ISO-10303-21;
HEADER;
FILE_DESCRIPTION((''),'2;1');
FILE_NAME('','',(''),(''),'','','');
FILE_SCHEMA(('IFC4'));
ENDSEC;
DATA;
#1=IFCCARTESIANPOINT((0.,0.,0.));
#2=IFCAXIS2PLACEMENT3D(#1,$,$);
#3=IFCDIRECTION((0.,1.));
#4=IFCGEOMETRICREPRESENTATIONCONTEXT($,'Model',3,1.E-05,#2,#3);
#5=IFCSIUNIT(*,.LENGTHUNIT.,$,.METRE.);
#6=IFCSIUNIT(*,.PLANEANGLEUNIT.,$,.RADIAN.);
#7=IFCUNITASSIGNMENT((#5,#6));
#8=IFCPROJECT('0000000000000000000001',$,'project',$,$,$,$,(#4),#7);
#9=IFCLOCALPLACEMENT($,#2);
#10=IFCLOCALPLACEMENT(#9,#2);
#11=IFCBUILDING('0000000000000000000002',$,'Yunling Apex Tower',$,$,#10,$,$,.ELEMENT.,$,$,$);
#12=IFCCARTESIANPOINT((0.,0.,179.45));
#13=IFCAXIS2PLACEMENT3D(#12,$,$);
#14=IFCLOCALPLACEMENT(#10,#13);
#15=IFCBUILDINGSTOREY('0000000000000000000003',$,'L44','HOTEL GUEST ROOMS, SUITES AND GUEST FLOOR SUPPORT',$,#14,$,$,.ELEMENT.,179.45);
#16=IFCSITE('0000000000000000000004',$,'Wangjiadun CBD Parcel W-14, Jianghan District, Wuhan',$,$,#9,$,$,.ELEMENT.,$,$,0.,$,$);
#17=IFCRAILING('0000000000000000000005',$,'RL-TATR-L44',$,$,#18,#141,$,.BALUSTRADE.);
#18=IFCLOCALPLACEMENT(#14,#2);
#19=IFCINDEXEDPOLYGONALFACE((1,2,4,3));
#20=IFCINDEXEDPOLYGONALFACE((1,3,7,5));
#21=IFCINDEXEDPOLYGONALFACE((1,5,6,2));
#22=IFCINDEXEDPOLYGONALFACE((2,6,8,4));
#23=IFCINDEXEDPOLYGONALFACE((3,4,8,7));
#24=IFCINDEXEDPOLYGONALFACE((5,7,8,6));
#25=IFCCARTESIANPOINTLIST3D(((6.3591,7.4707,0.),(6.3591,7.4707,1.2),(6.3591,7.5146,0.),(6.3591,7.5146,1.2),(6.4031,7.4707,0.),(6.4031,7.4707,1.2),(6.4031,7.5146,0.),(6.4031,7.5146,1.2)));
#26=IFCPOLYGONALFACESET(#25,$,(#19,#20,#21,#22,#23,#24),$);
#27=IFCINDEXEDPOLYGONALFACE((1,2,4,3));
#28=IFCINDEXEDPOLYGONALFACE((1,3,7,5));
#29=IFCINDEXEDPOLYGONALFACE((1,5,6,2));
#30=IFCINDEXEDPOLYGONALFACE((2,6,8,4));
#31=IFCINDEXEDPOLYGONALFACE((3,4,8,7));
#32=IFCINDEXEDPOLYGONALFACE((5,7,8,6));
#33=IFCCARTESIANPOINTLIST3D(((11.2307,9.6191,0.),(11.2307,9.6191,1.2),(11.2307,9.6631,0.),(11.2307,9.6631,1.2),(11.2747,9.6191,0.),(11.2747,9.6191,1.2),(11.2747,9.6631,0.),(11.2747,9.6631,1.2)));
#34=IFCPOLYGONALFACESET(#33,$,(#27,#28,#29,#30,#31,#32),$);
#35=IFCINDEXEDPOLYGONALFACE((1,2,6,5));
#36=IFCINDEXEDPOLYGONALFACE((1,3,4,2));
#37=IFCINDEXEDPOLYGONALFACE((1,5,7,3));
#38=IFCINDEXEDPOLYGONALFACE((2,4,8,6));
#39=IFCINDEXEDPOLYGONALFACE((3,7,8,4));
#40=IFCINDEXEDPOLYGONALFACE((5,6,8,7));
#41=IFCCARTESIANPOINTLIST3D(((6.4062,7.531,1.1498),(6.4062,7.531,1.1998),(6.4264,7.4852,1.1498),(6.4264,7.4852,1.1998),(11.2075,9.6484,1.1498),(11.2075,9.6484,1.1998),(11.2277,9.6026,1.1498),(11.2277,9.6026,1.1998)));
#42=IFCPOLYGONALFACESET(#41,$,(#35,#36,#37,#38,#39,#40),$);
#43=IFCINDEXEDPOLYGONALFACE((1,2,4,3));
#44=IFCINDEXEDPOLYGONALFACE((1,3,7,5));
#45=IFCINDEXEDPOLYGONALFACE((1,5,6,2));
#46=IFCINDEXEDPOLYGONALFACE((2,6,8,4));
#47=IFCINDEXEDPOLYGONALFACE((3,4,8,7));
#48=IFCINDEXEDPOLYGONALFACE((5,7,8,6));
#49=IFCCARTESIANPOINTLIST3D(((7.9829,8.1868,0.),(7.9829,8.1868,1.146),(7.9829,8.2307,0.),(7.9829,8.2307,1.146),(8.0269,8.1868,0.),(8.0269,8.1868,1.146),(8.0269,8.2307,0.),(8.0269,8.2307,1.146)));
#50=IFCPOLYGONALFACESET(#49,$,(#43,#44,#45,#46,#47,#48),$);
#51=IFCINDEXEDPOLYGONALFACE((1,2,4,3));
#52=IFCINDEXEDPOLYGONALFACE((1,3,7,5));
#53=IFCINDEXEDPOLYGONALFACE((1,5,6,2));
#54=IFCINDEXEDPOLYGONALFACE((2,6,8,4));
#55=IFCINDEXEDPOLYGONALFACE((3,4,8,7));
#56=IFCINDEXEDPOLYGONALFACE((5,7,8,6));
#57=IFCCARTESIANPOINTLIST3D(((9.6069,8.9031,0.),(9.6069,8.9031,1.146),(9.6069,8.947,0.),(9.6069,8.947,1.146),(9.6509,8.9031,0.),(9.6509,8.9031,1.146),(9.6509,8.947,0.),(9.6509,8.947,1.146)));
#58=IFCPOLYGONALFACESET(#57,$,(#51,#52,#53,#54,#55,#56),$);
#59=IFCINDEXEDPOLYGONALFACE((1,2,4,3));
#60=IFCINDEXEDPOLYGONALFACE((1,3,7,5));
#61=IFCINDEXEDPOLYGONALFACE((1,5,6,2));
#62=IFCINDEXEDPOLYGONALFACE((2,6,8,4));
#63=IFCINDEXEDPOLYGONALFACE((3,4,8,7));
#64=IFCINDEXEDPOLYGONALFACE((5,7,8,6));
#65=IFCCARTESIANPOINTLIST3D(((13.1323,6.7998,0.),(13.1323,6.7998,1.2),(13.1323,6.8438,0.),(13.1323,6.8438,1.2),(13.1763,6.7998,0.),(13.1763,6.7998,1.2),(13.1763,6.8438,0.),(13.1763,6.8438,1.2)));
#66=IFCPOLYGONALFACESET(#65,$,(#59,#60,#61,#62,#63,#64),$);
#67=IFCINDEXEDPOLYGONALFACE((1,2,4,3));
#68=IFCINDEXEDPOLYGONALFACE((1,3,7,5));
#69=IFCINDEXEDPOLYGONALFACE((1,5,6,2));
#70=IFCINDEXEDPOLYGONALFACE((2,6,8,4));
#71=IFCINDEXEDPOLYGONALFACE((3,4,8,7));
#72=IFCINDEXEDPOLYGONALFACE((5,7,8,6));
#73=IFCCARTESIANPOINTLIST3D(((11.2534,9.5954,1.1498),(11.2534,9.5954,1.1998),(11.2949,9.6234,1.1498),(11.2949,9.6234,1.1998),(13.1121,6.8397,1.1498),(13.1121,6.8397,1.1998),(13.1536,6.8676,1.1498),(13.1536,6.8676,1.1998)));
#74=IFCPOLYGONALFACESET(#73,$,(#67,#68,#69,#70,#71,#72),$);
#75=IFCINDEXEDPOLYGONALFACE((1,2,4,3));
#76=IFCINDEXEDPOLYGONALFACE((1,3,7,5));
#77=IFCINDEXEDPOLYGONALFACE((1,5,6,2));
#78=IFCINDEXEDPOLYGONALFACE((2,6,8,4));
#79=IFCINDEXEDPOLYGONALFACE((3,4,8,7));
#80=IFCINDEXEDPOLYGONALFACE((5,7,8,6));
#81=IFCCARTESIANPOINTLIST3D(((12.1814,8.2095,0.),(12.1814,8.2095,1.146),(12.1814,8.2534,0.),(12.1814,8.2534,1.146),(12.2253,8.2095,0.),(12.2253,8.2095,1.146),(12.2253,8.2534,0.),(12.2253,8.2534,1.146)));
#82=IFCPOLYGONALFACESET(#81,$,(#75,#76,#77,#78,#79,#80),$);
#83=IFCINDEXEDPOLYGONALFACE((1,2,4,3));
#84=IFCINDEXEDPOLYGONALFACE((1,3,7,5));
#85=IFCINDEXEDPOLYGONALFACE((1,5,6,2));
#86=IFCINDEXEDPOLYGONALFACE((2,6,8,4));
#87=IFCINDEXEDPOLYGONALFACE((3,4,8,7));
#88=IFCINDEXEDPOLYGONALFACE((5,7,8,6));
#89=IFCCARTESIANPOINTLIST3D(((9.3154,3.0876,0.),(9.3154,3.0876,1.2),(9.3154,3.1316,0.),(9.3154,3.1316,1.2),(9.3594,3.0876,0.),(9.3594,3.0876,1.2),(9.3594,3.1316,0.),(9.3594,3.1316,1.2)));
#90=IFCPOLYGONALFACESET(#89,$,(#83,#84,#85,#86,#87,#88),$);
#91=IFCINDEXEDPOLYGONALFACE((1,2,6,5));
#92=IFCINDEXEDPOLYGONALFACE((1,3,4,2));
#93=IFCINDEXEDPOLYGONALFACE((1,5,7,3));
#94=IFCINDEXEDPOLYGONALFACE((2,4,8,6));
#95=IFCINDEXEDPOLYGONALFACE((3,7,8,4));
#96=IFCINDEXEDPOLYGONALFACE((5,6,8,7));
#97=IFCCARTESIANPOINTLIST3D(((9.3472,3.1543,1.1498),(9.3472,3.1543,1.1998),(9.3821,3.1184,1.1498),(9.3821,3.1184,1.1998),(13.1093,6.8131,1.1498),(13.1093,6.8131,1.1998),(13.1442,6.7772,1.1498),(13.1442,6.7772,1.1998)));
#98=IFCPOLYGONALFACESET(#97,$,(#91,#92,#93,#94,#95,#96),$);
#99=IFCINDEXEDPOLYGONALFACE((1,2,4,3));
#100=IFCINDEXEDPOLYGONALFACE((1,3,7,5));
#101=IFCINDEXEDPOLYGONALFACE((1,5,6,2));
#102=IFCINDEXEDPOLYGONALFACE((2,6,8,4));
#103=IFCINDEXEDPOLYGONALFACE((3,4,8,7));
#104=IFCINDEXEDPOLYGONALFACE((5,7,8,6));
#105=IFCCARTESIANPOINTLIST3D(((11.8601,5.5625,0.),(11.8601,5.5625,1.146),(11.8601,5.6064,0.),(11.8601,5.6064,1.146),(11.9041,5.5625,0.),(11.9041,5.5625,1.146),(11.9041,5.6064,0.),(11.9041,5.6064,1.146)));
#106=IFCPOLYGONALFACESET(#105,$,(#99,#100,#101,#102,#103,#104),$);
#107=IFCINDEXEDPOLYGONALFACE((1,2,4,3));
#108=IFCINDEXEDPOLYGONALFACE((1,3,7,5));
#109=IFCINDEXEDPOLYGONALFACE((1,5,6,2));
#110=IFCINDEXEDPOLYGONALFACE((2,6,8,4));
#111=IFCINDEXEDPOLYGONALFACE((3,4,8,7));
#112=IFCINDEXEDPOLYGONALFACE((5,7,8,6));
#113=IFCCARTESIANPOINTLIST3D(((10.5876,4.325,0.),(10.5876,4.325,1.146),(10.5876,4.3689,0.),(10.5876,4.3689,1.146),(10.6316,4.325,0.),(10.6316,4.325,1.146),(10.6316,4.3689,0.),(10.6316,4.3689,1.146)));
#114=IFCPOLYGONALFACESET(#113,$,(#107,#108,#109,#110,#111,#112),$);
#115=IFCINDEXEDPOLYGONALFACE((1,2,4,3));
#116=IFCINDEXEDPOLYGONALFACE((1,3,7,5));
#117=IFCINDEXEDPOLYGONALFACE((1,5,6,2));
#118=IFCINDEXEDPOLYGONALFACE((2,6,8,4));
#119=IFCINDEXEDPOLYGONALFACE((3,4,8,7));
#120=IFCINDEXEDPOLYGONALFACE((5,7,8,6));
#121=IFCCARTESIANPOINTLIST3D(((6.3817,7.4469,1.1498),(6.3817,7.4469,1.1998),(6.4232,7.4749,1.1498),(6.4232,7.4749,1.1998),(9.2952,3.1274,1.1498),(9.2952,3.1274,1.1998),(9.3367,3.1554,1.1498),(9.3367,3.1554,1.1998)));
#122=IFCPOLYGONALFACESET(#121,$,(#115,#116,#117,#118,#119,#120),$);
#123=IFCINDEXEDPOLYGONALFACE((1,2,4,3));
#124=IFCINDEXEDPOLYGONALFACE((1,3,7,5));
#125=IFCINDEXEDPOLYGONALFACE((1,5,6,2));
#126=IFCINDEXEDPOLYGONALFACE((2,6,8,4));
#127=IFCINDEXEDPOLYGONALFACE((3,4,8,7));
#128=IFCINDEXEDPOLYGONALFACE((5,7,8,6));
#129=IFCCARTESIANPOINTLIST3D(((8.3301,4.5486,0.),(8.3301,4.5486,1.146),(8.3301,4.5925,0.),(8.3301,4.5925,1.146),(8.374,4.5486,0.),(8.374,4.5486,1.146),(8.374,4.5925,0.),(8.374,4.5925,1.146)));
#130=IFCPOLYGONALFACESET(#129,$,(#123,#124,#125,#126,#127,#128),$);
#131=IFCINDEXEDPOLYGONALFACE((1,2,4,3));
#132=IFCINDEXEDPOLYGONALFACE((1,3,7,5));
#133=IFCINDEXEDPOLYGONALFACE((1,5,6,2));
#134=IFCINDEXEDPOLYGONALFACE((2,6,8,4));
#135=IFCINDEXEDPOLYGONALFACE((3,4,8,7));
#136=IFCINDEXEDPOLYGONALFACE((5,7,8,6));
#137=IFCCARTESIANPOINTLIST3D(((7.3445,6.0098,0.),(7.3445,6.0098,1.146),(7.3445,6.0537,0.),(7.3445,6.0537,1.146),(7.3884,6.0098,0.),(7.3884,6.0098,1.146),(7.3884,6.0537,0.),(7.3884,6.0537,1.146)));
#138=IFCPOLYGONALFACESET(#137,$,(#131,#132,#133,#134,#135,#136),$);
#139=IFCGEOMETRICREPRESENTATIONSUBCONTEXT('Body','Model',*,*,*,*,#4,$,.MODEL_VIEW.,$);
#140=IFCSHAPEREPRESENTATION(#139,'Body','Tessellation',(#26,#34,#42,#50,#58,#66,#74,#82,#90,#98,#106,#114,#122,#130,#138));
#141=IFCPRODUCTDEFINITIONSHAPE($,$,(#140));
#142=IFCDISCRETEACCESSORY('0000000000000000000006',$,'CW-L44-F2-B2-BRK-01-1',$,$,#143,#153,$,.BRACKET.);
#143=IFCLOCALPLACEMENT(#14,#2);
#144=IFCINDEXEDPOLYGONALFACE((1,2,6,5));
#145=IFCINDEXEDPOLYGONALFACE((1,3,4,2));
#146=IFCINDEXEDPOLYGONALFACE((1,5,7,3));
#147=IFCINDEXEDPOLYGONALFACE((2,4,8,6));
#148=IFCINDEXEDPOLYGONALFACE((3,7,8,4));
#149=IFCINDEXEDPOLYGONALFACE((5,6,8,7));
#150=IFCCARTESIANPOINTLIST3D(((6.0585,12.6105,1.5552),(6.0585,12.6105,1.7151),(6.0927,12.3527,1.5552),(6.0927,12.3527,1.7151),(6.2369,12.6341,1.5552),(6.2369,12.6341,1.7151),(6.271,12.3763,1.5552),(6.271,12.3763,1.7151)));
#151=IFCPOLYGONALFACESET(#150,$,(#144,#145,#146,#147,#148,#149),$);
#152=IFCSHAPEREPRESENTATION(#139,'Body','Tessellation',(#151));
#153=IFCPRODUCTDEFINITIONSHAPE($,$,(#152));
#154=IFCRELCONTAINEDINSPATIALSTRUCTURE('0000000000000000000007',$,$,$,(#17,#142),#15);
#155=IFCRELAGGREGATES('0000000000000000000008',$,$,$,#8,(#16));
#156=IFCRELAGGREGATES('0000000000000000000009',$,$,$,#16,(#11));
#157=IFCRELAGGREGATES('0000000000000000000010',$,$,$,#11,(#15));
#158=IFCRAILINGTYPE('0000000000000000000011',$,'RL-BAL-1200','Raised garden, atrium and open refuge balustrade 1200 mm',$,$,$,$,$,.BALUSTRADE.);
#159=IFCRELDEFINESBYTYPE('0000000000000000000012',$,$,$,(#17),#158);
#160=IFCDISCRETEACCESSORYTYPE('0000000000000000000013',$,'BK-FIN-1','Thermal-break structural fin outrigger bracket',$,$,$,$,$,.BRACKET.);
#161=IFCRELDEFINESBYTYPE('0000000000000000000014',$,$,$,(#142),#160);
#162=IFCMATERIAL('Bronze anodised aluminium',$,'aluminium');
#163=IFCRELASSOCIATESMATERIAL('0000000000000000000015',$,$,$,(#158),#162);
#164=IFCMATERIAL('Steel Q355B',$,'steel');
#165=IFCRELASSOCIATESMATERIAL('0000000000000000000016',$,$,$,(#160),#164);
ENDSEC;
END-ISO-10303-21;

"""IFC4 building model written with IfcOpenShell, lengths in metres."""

from ifc_helpers import new_model, si_unit, direction, frame, origin, origin_2d, place, context, subcontext, project, spatial, rectangle, extrude, source, transform, mapped, material, type_object, element, save


model = new_model("IFC4")

# Units and contexts
model_context = context("Model", 3, precision=1e-05, world=origin(), true_north=direction((0.0, 1.0)))
body_context = subcontext(model_context, "Body", "Model", "MODEL_VIEW")
ifc_project = project(units=[si_unit("LENGTHUNIT", "METRE"), si_unit("PLANEANGLEUNIT", "RADIAN")], contexts=[model_context])

# Site, building, storey
site_placement = place(None, origin())
site = spatial("IfcSite", under=ifc_project, at=site_placement, Name="Wangjiadun CBD Parcel W-14, Jianghan District, Wuhan", CompositionType="ELEMENT", RefElevation=0.0)
building_placement = place(site_placement, origin())
building = spatial("IfcBuilding", under=site, at=building_placement, Name="Yunling Apex Tower", CompositionType="ELEMENT")
storey_placement = place(building_placement, frame((0.0, 0.0, 179.45)))
storey = spatial("IfcBuildingStorey", under=building, at=storey_placement, Name="L44", Description="HOTEL GUEST ROOMS, SUITES AND GUEST FLOOR SUPPORT", CompositionType="ELEMENT", Elevation=179.45)

# Shared definitions
ifc_material_1 = material(Name="Steel Q355B", Category="steel")

# Shared definitions
ifc_material_2 = material(Name="Bronze anodised aluminium", Category="aluminium")

# Railing
railing_type = type_object("IfcRailingType", Name="RL-BAL-1200", Description="Raised garden, atrium and open refuge balustrade 1200 mm", PredefinedType="BALUSTRADE", material=ifc_material_2)
railing_1_placement = place(storey_placement, frame((6.3811, 7.4927, 0.0)))
element("IfcRailing", 1, at=railing_1_placement, inside=storey, type_object=railing_type, Name="RL-TATR-L44", PredefinedType="BALUSTRADE", context=body_context, shape_type="SweptSolid", body=[
    extrude(rectangle(XDim=0.0439, YDim=0.0439, at=origin_2d()), origin(), (0.0, 0.0, 1.0), 1.2),
    extrude(rectangle(XDim=0.0439, YDim=0.0439, at=origin_2d()), frame((4.8716, 2.1484, 0.0)), (0.0, 0.0, 1.0), 1.2),
    extrude(rectangle(XDim=0.05, YDim=0.05, at=origin_2d()), frame((0.0352, 0.0154, 1.1748), z_axis=(0.914973, 0.403516, 0.0), x_axis=(-0.403516, 0.914973, 0.0)), (0.0, 0.0, 1.0), 5.2476),
    extrude(rectangle(XDim=0.0439, YDim=0.0439, at=origin_2d()), frame((1.6238, 0.7161, 0.0)), (0.0, 0.0, 1.0), 1.146),
    extrude(rectangle(XDim=0.0439, YDim=0.0439, at=origin_2d()), frame((3.2478, 1.4324, 0.0)), (0.0, 0.0, 1.0), 1.146),
    extrude(rectangle(XDim=0.0439, YDim=0.0439, at=origin_2d()), frame((6.7732, -0.6709, 0.0)), (0.0, 0.0, 1.0), 1.2),
    extrude(rectangle(XDim=0.05, YDim=0.05, at=origin_2d()), frame((4.8931, 2.1167, 1.1748), z_axis=(0.559182, -0.829045, 0.0), x_axis=(0.829045, 0.559182, 0.0)), (0.0, 0.0, 1.0), 3.324),
    extrude(rectangle(XDim=0.0439, YDim=0.0439, at=origin_2d()), frame((5.8223, 0.7388, 0.0)), (0.0, 0.0, 1.0), 1.146),
    extrude(rectangle(XDim=0.0439, YDim=0.0439, at=origin_2d()), frame((2.9563, -4.3831, 0.0)), (0.0, 0.0, 1.0), 1.2),
    extrude(rectangle(XDim=0.05, YDim=0.05, at=origin_2d()), frame((6.7456, -0.6975, 1.1748), z_axis=(-0.716874, -0.697203, 0.0), x_axis=(0.697203, -0.716874, 0.0)), (0.0, 0.0, 1.0), 5.2478),
    extrude(rectangle(XDim=0.0439, YDim=0.0439, at=origin_2d()), frame((5.501, -1.9082, 0.0)), (0.0, 0.0, 1.0), 1.146),
    extrude(rectangle(XDim=0.0439, YDim=0.0439, at=origin_2d()), frame((4.2285, -3.1458, 0.0)), (0.0, 0.0, 1.0), 1.146),
    extrude(rectangle(XDim=0.05, YDim=0.05, at=origin_2d()), frame((2.9348, -4.3513, 1.1748), z_axis=(-0.559179, 0.829047, 0.0), x_axis=(-0.829047, -0.559179, 0.0)), (0.0, 0.0, 1.0), 5.2102),
    extrude(rectangle(XDim=0.0439, YDim=0.0439, at=origin_2d()), frame((1.9709, -2.9221, 0.0)), (0.0, 0.0, 1.0), 1.146),
    extrude(rectangle(XDim=0.0439, YDim=0.0439, at=origin_2d()), frame((0.9854, -1.4609, 0.0)), (0.0, 0.0, 1.0), 1.146),
])

# Discrete accessory
discrete_accessory_type = type_object("IfcDiscreteAccessoryType", Name="BK-FIN-1", Description="Thermal-break structural fin outrigger bracket", PredefinedType="BRACKET", material=ifc_material_1)
shared_shape_1 = source(origin(), body_context, "Body", "SweptSolid", [
    extrude(rectangle(XDim=0.1799, YDim=0.26, at=origin_2d()), origin(), (0.0, 0.0, 1.0), 0.1599),
])
discrete_accessory_placement = place(storey_placement, frame((6.1648, 12.4934, 1.5552), z_axis=(0.0, 0.0, 1.0), x_axis=(-0.991353, -0.131218, 0.0)))
element("IfcDiscreteAccessory", 2, at=discrete_accessory_placement, inside=storey, type_object=discrete_accessory_type, Name="CW-L44-F2-B2-BRK-01-1", PredefinedType="BRACKET", context=body_context, shape_type="MappedRepresentation", body=[
    mapped(shared_shape_1, transform((0.0, 0.0, 0.0), scale=1.0)),
])

save(model, "model.ifc")
